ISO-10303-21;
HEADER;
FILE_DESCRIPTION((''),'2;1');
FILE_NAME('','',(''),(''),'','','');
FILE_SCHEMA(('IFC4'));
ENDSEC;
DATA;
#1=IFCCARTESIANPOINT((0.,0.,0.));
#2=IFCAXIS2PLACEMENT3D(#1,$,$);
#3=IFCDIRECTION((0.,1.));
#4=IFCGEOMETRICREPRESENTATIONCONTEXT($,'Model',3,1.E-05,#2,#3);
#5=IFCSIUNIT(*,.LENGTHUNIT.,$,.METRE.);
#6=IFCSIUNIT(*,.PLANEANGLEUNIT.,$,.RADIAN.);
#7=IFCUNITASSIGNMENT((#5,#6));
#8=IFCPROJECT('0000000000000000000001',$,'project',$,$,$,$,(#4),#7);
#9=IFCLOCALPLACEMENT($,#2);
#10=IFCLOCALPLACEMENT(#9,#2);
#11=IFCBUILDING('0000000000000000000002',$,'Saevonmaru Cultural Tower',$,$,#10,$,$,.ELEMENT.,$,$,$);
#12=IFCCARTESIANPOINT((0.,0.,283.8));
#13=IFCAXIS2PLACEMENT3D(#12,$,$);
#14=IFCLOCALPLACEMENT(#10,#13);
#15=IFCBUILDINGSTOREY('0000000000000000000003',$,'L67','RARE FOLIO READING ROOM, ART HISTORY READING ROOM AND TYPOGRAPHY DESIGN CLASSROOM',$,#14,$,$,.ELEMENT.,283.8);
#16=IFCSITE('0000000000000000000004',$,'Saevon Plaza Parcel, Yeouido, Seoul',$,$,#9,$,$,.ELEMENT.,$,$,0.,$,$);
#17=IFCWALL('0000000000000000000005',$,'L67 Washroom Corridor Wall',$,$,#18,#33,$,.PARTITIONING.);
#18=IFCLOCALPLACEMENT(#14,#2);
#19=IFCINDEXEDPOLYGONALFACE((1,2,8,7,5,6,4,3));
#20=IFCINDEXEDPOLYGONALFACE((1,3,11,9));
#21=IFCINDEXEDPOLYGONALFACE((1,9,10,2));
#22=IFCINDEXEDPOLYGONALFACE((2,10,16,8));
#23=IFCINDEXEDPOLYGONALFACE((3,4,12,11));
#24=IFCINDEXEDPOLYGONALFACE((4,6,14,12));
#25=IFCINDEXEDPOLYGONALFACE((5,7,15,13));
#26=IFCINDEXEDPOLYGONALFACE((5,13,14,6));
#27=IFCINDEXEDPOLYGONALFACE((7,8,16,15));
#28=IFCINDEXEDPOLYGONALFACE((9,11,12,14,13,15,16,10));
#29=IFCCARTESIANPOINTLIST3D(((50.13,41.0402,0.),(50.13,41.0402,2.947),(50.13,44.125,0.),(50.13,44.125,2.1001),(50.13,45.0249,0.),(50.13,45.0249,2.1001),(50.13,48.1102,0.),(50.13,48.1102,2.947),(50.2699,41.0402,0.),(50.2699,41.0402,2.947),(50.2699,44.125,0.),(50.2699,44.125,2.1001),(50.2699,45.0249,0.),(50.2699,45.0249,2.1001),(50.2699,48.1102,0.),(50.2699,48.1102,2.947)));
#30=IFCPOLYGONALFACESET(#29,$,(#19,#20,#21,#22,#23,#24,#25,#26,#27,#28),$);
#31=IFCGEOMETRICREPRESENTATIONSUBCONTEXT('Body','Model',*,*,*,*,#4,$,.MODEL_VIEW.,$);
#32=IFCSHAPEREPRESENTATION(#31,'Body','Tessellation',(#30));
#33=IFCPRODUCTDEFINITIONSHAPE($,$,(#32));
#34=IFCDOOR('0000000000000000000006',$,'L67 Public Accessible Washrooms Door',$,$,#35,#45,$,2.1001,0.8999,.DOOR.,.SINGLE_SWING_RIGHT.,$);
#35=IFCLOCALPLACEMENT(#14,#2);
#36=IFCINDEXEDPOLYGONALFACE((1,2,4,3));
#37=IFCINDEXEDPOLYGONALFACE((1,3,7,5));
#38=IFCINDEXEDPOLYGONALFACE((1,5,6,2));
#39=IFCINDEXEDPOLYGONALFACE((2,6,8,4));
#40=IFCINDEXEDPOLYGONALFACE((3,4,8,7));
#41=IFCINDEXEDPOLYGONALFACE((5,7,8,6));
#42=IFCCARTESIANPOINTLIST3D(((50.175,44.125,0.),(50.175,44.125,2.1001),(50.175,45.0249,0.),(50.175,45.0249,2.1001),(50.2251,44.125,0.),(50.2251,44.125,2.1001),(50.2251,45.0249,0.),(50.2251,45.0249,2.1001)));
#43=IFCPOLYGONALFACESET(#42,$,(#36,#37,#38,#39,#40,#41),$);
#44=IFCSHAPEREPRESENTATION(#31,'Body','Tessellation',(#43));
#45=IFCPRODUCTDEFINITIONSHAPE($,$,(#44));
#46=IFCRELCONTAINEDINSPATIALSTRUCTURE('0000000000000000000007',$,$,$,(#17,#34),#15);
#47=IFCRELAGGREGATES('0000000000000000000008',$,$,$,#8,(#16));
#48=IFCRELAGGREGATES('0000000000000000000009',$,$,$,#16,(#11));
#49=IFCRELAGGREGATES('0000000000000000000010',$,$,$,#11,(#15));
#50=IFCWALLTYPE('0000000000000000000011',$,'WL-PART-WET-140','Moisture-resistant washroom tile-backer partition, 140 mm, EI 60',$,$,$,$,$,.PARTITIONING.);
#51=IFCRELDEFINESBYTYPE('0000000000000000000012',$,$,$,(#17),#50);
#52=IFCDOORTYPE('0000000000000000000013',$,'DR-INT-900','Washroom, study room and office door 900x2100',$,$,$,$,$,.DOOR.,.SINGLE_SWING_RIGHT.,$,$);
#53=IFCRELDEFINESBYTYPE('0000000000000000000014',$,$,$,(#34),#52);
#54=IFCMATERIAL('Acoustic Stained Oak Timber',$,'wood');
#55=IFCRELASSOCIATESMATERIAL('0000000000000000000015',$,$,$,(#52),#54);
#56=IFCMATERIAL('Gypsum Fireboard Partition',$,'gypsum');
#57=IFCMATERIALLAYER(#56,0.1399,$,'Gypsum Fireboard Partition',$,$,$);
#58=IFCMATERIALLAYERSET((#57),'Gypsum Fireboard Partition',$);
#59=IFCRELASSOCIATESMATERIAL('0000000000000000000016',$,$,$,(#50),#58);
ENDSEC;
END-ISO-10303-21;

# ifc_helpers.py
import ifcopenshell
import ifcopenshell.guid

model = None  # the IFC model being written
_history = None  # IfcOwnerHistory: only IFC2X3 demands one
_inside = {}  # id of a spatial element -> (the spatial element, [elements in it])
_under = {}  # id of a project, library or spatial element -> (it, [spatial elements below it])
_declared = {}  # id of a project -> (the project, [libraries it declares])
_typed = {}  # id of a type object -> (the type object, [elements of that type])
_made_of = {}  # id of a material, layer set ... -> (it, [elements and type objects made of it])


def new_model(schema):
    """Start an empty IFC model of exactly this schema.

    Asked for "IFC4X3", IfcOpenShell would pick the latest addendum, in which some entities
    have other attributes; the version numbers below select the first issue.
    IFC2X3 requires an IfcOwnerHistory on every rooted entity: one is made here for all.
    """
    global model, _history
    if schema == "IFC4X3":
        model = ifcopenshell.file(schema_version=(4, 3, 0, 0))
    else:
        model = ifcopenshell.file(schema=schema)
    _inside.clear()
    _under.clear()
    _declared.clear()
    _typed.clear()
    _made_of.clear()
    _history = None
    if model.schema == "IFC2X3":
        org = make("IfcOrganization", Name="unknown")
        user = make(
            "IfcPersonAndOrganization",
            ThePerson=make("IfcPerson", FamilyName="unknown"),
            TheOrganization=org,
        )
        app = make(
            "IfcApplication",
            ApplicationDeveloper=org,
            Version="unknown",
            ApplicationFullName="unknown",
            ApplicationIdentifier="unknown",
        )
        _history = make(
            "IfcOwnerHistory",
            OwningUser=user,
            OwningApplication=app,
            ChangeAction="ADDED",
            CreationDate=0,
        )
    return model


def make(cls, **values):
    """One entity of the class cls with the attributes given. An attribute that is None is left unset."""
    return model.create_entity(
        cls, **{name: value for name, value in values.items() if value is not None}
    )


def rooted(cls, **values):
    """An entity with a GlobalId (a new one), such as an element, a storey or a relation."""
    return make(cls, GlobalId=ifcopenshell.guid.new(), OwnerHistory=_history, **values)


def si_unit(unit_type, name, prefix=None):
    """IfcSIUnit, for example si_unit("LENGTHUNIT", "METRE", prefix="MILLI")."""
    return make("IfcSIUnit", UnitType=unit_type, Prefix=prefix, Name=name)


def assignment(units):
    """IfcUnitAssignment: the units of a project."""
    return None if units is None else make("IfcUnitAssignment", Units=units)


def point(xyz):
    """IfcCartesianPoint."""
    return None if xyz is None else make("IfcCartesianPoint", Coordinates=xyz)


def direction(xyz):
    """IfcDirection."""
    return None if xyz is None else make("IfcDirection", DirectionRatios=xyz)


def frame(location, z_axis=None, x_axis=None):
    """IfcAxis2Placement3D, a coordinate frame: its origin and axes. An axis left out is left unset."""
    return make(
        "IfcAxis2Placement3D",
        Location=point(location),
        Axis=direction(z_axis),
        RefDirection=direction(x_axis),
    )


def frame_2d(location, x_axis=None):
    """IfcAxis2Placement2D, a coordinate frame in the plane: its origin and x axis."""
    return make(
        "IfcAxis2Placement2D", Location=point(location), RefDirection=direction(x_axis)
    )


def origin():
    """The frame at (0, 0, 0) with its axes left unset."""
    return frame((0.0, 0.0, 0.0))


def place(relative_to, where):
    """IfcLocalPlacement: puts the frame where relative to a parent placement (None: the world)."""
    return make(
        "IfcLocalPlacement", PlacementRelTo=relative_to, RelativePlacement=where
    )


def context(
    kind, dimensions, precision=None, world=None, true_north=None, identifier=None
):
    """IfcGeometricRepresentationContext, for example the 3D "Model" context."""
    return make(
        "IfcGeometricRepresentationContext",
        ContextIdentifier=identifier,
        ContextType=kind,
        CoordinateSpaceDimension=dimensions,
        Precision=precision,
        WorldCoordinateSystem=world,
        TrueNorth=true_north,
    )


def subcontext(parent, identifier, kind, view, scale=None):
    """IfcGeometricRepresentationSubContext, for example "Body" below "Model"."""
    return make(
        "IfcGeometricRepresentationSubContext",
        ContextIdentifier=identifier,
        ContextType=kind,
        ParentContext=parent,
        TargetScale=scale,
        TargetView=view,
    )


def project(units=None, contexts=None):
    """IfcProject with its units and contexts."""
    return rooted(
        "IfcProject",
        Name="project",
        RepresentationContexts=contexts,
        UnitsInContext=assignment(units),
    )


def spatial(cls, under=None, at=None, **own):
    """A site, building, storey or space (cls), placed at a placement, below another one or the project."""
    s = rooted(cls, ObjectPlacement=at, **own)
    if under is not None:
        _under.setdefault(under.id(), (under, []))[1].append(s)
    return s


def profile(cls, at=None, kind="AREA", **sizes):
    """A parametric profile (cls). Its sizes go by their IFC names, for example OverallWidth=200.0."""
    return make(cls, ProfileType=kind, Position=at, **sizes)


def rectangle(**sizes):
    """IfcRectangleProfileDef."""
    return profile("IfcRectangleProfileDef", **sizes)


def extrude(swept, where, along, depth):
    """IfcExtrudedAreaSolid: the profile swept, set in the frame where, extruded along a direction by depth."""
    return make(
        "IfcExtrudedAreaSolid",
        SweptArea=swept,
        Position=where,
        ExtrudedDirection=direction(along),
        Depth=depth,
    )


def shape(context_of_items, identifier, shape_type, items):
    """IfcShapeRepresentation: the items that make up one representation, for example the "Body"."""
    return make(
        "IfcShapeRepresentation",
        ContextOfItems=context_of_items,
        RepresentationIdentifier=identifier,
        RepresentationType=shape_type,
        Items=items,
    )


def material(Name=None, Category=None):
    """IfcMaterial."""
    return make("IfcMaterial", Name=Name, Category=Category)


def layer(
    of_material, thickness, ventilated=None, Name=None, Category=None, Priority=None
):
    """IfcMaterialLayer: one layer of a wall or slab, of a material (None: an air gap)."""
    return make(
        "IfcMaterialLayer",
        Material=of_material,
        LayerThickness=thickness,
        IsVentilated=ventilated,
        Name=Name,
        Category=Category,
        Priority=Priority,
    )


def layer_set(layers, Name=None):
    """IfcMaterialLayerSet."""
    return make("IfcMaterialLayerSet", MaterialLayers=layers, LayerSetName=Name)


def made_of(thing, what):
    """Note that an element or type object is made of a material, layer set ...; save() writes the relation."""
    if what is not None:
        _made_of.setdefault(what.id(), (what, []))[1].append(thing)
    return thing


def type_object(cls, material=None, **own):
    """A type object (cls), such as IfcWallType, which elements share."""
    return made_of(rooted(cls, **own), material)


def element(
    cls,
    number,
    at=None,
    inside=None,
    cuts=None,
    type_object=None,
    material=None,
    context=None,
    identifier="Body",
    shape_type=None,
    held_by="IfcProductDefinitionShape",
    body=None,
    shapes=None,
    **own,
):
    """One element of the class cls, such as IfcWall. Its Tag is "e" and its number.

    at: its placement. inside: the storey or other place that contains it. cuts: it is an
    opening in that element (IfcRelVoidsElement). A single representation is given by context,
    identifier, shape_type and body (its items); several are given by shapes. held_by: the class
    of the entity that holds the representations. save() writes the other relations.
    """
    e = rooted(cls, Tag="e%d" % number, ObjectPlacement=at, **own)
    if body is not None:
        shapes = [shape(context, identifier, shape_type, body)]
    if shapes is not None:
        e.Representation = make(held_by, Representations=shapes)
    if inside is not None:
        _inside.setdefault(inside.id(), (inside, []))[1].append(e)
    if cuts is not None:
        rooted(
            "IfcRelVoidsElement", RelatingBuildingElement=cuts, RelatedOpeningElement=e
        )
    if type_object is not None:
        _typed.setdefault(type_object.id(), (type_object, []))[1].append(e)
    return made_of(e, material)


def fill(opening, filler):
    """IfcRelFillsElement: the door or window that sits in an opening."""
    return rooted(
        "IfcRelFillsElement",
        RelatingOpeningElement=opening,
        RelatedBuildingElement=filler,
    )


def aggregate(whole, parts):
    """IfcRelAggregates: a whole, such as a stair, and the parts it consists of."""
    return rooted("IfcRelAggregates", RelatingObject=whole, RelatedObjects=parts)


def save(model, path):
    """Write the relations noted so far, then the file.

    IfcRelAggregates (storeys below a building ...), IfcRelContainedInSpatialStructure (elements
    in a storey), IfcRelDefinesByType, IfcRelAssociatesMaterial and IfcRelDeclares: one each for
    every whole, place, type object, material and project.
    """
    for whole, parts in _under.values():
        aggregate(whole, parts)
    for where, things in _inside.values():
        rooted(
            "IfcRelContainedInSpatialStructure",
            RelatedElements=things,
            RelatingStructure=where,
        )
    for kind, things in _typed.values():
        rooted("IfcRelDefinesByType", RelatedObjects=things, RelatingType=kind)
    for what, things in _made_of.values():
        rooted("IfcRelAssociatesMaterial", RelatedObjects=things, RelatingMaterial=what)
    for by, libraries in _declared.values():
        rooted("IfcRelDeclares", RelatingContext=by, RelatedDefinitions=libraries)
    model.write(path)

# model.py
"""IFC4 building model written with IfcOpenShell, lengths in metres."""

from ifc_helpers import new_model, si_unit, direction, frame, frame_2d, origin, place, context, subcontext, project, spatial, rectangle, extrude, material, layer, layer_set, type_object, element, fill, save


model = new_model("IFC4")

# Units and contexts
model_context = context("Model", 3, precision=1e-05, world=origin(), true_north=direction((0.0, 1.0)))
body_context = subcontext(model_context, "Body", "Model", "MODEL_VIEW")
ifc_project = project(units=[si_unit("LENGTHUNIT", "METRE"), si_unit("PLANEANGLEUNIT", "RADIAN")], contexts=[model_context])

# Site, building, storey
site_placement = place(None, origin())
site = spatial("IfcSite", under=ifc_project, at=site_placement, Name="Saevon Plaza Parcel, Yeouido, Seoul", CompositionType="ELEMENT", RefElevation=0.0)
building_placement = place(site_placement, origin())
building = spatial("IfcBuilding", under=site, at=building_placement, Name="Saevonmaru Cultural Tower", CompositionType="ELEMENT")
storey_placement = place(building_placement, frame((0.0, 0.0, 283.8)))
storey = spatial("IfcBuildingStorey", under=building, at=storey_placement, Name="L67", Description="RARE FOLIO READING ROOM, ART HISTORY READING ROOM AND TYPOGRAPHY DESIGN CLASSROOM", CompositionType="ELEMENT", Elevation=283.8)

# Shared definitions
ifc_material_1 = material(Name="Gypsum Fireboard Partition", Category="gypsum")
ifc_material_2 = material(Name="Acoustic Stained Oak Timber", Category="wood")
door_type_1 = type_object("IfcDoorType", Name="DR-INT-900", Description="Washroom, study room and office door 900x2100", OperationType="SINGLE_SWING_RIGHT", PredefinedType="DOOR", material=ifc_material_2)

# Shared definitions
ifc_layer_1 = layer(ifc_material_1, 0.1399, Name="Gypsum Fireboard Partition")
ifc_layer_set_1 = layer_set([ifc_layer_1], Name="Gypsum Fireboard Partition")
wall_type_1 = type_object("IfcWallType", Name="WL-PART-WET-140", Description="Moisture-resistant washroom tile-backer partition, 140 mm, EI 60", PredefinedType="PARTITIONING", material=ifc_layer_set_1)

# Wall, opening, door
wall_1_placement = place(storey_placement, frame((50.2, 41.04, 0.0), z_axis=(0.0, 0.0, 1.0), x_axis=(0.0, 1.0, 0.0)))
wall_1 = element("IfcWall", 1, at=wall_1_placement, inside=storey, type_object=wall_type_1, Name="L67 Washroom Corridor Wall", PredefinedType="PARTITIONING", context=body_context, shape_type="SweptSolid", body=[
    extrude(rectangle(XDim=7.0701, YDim=0.1399, at=frame_2d((3.5352, 0.0))), origin(), (0.0, 0.0, 1.0), 2.947),
])
opening_1_placement = place(wall_1_placement, frame((3.085, 0.0, 0.0)))
opening_1 = element("IfcOpeningElement", 2, at=opening_1_placement, cuts=wall_1, PredefinedType="OPENING", context=body_context, shape_type="SweptSolid", body=[
    extrude(rectangle(XDim=0.8999, YDim=2.1001, at=frame_2d((0.45, 1.05))), frame((0.0, 0.0801, 0.0), z_axis=(0.0, -1.0, 0.0), x_axis=(1.0, 0.0, 0.0)), (0.0, 0.0, 1.0), 0.1599),
])
door_1_placement = place(opening_1_placement, origin())
door_1 = element("IfcDoor", 3, at=door_1_placement, inside=storey, type_object=door_type_1, Name="L67 Public Accessible Washrooms Door", OperationType="SINGLE_SWING_RIGHT", OverallHeight=2.1001, OverallWidth=0.8999, PredefinedType="DOOR", context=body_context, shape_type="SweptSolid", body=[
    extrude(rectangle(XDim=0.8999, YDim=2.1001, at=frame_2d((0.45, 1.05))), frame((0.0, 0.0249, 0.0), z_axis=(0.0, -1.0, 0.0), x_axis=(1.0, 0.0, 0.0)), (0.0, 0.0, 1.0), 0.05),
])
fill(opening_1, door_1)

save(model, "model.ifc")
